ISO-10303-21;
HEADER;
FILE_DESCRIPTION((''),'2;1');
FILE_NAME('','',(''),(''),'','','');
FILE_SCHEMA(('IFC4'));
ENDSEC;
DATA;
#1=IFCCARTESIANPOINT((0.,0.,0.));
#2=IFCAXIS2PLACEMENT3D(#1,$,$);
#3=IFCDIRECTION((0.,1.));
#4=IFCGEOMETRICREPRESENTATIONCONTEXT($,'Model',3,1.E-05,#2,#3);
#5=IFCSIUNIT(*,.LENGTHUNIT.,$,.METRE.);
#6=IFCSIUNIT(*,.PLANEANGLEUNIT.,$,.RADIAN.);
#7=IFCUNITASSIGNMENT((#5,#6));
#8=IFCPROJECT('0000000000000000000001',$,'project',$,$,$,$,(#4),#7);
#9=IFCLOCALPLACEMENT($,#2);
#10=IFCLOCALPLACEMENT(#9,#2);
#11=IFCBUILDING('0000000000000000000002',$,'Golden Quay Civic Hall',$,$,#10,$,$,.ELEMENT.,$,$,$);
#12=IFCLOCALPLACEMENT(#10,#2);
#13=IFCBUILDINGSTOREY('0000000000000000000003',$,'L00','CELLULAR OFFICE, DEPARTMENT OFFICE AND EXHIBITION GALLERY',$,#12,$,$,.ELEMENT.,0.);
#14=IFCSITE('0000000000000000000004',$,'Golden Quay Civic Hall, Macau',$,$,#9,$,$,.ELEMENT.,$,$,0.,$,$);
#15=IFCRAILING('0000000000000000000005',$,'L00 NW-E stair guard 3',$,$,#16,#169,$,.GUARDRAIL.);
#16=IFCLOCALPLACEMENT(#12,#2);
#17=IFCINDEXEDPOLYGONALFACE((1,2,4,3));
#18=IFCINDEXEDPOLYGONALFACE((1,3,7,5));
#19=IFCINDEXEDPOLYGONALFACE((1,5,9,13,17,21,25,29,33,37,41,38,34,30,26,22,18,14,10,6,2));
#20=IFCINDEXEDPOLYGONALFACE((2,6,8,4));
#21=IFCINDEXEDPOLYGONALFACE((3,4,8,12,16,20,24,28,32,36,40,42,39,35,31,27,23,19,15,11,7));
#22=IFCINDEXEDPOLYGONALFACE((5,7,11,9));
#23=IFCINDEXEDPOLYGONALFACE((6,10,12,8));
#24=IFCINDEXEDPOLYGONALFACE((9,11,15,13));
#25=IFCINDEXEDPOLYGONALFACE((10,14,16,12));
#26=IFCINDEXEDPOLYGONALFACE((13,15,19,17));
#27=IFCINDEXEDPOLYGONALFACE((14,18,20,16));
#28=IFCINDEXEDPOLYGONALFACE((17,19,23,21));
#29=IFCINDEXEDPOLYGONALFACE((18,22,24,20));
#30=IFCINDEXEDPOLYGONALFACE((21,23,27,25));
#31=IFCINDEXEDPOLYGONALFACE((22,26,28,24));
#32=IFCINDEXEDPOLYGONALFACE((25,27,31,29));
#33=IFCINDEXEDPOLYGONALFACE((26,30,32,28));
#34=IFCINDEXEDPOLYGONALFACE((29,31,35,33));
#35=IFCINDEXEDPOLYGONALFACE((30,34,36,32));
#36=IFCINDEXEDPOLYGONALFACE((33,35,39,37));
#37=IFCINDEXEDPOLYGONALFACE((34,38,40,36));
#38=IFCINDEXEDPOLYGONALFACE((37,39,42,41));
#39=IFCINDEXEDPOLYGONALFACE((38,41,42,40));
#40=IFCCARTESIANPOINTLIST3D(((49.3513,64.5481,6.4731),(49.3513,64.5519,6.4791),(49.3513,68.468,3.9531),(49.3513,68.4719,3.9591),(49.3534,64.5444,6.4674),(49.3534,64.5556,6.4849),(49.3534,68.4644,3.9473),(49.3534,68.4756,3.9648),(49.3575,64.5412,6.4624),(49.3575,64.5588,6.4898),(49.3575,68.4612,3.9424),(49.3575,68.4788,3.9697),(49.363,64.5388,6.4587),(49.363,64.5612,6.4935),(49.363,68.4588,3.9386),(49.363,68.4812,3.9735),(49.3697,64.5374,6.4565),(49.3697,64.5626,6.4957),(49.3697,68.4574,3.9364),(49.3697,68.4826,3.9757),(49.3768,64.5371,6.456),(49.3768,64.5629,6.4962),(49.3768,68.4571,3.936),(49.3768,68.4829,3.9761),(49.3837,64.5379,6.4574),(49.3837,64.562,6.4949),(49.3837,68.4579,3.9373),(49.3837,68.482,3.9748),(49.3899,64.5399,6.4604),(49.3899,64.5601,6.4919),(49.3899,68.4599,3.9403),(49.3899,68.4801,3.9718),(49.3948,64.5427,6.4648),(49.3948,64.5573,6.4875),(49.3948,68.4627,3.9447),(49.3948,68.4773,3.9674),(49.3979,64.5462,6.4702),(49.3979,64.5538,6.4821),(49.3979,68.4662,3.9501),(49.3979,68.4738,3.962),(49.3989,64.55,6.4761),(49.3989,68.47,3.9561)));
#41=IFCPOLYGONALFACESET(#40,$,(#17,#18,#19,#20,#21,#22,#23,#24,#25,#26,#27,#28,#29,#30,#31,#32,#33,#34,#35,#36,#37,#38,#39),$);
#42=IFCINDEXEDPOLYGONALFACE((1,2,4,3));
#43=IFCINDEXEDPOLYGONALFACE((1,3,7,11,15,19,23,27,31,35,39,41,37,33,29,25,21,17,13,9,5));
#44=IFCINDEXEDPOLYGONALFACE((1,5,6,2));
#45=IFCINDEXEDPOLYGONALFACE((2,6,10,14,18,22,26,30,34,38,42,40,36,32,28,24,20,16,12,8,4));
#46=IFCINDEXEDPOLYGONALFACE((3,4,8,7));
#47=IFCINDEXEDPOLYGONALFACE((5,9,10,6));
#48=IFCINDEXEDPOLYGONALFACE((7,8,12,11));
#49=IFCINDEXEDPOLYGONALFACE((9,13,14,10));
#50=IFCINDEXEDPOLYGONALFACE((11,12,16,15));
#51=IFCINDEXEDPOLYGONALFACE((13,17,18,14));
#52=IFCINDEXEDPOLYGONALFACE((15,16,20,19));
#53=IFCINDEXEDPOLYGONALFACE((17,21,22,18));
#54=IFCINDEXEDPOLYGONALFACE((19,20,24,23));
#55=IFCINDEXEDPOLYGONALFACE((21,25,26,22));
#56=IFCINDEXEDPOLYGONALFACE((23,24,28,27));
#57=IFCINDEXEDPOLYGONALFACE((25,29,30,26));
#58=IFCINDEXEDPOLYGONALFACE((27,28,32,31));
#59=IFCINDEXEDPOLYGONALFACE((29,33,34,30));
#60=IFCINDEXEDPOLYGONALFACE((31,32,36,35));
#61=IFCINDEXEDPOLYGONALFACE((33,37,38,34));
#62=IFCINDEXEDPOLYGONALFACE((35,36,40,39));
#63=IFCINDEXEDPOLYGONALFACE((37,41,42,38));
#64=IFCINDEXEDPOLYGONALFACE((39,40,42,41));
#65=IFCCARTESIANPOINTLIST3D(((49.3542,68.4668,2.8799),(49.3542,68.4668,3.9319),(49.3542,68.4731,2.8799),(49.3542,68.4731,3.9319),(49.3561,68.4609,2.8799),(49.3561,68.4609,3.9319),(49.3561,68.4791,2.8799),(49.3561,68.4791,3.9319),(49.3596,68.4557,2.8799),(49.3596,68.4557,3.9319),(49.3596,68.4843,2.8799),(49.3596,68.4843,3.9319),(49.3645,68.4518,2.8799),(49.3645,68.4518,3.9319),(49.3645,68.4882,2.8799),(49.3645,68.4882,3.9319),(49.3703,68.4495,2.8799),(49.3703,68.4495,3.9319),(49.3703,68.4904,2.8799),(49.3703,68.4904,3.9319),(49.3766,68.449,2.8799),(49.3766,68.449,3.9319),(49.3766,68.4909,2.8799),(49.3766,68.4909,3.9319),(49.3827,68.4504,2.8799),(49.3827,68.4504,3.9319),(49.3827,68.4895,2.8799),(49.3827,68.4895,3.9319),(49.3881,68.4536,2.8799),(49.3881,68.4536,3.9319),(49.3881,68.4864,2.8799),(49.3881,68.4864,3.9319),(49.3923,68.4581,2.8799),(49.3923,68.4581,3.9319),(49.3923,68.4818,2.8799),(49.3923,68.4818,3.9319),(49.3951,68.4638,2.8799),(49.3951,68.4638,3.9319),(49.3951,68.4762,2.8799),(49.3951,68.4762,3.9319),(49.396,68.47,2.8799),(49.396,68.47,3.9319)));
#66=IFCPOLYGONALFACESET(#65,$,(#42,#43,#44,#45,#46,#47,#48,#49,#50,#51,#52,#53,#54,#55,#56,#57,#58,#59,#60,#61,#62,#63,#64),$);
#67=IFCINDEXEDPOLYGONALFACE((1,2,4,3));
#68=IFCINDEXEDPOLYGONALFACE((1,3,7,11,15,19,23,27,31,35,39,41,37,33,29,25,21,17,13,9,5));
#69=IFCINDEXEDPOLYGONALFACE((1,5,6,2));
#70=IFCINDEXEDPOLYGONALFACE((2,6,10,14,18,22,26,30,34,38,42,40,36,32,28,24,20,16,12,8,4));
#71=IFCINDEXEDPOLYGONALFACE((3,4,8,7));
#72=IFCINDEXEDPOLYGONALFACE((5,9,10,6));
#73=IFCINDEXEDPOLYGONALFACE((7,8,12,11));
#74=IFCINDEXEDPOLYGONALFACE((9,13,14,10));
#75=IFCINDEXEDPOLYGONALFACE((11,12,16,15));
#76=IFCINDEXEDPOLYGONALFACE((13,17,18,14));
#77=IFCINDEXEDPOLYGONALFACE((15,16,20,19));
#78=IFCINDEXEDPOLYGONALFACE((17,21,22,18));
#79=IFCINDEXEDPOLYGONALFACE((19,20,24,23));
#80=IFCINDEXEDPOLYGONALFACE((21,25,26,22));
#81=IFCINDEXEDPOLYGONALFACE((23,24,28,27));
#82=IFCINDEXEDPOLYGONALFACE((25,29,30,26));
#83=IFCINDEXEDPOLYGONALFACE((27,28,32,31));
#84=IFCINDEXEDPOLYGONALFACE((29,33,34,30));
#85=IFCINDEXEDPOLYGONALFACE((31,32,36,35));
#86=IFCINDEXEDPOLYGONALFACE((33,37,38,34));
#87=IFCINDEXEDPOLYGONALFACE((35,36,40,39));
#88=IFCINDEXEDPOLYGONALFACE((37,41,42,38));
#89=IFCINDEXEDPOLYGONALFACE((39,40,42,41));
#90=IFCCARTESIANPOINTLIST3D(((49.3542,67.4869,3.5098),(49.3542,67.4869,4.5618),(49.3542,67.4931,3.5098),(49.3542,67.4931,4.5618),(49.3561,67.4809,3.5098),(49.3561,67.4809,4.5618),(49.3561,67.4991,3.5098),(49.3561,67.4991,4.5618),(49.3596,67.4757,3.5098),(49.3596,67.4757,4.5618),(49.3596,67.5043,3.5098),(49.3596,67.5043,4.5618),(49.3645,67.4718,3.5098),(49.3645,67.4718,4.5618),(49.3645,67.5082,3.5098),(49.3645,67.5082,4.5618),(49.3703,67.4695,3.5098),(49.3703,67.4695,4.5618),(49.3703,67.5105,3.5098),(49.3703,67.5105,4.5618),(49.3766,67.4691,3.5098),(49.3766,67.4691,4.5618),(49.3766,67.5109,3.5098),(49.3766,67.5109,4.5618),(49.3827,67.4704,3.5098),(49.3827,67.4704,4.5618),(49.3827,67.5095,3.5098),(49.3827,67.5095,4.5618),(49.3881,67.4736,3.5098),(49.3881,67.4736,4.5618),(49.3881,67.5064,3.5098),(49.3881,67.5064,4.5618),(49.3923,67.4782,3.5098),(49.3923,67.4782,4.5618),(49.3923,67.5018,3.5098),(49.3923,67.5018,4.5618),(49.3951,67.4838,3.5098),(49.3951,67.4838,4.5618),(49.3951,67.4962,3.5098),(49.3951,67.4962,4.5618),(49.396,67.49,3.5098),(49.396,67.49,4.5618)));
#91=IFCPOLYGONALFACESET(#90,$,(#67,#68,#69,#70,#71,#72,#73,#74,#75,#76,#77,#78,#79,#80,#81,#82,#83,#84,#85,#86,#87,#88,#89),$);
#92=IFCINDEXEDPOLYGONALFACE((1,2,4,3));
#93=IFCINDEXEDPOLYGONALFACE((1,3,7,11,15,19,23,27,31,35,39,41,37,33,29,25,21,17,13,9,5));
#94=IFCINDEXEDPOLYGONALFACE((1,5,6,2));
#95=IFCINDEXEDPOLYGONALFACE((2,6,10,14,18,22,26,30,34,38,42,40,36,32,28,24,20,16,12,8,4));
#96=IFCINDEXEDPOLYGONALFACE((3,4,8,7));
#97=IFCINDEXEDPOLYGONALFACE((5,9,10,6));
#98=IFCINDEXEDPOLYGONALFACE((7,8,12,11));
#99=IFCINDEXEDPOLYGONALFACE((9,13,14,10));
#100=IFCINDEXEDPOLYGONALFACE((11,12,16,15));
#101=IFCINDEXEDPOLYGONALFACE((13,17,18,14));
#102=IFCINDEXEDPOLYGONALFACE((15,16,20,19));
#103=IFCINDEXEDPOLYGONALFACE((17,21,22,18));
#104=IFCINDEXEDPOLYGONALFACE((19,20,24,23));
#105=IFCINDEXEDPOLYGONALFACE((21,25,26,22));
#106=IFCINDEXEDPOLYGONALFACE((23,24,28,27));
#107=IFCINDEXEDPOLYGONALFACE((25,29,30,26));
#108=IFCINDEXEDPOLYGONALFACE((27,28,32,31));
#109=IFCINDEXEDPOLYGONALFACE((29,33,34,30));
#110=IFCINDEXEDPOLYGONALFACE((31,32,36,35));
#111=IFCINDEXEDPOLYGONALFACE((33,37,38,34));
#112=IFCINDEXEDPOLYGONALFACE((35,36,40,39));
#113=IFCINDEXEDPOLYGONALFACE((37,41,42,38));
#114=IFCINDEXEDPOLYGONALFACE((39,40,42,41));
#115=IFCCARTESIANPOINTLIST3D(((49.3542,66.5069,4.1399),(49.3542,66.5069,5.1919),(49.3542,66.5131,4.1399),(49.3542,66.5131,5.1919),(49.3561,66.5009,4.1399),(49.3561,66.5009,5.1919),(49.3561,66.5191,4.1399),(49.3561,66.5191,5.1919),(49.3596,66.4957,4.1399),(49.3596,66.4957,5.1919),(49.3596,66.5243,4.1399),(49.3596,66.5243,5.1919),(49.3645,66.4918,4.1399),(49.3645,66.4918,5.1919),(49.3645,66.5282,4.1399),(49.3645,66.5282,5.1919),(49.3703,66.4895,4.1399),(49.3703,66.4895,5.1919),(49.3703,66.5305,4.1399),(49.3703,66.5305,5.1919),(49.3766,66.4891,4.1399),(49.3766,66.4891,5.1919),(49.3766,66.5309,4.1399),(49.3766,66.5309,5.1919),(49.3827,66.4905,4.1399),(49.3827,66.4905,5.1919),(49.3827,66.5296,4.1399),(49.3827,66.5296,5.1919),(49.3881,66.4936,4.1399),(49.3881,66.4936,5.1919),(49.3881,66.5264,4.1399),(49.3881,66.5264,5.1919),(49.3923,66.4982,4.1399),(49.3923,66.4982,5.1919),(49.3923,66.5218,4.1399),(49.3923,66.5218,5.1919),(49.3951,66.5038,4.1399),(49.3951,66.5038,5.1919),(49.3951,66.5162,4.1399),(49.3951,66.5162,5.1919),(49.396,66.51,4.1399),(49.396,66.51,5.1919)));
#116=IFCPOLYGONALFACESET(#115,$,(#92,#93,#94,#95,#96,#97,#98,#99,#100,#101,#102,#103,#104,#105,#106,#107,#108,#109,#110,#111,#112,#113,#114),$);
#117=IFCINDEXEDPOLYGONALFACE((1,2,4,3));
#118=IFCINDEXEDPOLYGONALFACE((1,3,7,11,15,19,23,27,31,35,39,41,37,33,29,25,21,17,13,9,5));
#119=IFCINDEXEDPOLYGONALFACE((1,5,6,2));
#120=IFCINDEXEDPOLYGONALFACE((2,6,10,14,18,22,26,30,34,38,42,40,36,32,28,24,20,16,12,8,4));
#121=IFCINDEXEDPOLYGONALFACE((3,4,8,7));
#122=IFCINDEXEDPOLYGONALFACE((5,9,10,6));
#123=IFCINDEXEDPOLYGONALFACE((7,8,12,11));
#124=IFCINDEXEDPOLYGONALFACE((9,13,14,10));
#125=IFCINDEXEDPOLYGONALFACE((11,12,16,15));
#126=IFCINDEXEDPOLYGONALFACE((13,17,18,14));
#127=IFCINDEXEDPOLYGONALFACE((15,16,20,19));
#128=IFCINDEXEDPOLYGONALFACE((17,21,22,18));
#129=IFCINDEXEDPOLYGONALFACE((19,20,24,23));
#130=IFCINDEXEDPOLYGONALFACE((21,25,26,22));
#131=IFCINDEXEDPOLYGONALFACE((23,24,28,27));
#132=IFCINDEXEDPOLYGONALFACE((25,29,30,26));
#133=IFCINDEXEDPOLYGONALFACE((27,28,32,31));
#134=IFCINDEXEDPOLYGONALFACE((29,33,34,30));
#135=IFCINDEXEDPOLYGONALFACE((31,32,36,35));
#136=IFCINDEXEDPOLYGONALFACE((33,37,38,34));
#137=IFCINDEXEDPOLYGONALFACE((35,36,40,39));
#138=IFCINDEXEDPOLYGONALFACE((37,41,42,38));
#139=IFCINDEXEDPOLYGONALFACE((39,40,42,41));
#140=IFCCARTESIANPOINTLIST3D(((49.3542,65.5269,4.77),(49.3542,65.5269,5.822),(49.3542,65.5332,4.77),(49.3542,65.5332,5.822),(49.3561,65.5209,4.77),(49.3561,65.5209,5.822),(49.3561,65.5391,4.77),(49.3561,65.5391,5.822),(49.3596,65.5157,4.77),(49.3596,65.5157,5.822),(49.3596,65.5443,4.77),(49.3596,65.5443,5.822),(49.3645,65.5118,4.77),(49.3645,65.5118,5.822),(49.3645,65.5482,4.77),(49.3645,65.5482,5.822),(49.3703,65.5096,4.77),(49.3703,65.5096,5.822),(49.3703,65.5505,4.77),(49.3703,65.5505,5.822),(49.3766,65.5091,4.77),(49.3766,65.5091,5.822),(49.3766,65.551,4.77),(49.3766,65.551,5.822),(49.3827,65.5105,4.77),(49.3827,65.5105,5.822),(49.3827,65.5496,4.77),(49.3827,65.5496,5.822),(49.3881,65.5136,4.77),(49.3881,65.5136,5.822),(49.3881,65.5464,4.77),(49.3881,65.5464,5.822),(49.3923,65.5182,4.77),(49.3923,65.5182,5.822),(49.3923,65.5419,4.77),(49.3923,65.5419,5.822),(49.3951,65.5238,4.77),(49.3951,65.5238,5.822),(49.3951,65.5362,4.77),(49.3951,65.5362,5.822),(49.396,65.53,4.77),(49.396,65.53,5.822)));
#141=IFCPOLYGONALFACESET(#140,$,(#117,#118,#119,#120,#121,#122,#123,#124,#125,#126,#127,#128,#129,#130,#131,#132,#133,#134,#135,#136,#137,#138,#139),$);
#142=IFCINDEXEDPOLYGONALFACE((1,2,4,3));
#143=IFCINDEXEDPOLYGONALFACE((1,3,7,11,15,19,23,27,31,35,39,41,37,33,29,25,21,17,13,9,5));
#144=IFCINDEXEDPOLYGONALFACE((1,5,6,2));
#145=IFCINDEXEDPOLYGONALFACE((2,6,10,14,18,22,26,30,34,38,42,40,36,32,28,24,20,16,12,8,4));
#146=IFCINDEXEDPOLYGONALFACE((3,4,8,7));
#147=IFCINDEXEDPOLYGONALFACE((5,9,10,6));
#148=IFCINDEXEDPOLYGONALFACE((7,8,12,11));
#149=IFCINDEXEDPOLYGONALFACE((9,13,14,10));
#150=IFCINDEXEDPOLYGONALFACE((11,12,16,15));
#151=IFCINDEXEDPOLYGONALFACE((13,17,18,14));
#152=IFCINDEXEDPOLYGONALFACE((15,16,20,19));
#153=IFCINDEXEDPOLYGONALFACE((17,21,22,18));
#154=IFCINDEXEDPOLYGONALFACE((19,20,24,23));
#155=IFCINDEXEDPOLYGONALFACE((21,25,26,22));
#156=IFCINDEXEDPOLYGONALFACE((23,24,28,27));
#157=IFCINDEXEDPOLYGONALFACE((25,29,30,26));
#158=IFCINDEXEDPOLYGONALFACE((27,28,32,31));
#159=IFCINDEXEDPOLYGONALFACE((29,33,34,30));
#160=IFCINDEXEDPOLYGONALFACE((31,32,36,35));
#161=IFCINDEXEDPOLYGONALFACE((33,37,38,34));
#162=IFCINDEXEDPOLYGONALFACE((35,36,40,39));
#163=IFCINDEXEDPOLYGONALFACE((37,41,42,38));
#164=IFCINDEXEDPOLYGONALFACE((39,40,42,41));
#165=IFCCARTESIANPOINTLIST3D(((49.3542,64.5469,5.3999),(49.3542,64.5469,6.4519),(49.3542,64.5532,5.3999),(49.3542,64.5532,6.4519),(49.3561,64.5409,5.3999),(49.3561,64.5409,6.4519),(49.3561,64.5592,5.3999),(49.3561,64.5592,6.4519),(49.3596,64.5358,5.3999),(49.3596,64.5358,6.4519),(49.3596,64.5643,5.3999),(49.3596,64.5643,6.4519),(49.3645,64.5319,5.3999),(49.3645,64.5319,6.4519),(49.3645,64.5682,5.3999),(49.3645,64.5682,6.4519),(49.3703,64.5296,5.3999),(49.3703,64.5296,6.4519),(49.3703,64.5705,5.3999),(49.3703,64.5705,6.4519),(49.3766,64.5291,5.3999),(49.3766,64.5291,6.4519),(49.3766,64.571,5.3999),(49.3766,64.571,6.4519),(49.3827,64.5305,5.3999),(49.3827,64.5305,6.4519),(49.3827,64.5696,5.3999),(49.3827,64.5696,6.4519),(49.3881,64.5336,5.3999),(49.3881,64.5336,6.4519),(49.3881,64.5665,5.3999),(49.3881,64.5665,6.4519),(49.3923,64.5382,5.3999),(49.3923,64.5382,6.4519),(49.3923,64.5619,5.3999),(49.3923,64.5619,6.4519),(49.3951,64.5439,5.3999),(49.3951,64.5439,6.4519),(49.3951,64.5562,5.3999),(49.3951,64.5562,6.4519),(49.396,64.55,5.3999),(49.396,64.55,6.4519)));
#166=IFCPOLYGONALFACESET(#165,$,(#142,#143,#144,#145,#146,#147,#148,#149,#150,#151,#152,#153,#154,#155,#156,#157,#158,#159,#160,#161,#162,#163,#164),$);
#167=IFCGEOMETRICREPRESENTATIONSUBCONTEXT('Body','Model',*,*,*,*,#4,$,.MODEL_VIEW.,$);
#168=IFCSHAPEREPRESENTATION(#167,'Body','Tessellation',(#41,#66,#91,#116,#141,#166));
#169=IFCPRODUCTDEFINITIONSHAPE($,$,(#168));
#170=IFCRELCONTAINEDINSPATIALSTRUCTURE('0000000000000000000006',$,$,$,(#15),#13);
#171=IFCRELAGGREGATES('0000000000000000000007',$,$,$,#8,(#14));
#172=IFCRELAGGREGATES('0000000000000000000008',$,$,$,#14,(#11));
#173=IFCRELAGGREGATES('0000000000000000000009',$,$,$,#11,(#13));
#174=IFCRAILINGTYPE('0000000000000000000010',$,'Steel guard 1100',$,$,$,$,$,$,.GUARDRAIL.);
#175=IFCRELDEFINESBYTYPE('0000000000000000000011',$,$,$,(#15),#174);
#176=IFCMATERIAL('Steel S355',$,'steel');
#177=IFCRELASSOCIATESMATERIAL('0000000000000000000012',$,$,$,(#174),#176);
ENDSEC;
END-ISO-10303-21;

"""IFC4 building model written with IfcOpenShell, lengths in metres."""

from ifc_helpers import new_model, si_unit, direction, frame, origin, origin_2d, place, context, subcontext, project, spatial, circle, extrude, material, type_object, element, save


model = new_model("IFC4")

# Units and contexts
model_context = context("Model", 3, precision=1e-05, world=origin(), true_north=direction((0.0, 1.0)))
body_context = subcontext(model_context, "Body", "Model", "MODEL_VIEW")
ifc_project = project(units=[si_unit("LENGTHUNIT", "METRE"), si_unit("PLANEANGLEUNIT", "RADIAN")], contexts=[model_context])

# Site, building, storey
site_placement = place(None, origin())
site = spatial("IfcSite", under=ifc_project, at=site_placement, Name="Golden Quay Civic Hall, Macau", CompositionType="ELEMENT", RefElevation=0.0)
building_placement = place(site_placement, origin())
building = spatial("IfcBuilding", under=site, at=building_placement, Name="Golden Quay Civic Hall", CompositionType="ELEMENT")
storey_placement = place(building_placement, origin())
storey = spatial("IfcBuildingStorey", under=building, at=storey_placement, Name="L00", Description="CELLULAR OFFICE, DEPARTMENT OFFICE AND EXHIBITION GALLERY", CompositionType="ELEMENT", Elevation=0.0)

# Railing
ifc_material_1 = material(Name="Steel S355", Category="steel")
railing_type_1 = type_object("IfcRailingType", Name="Steel guard 1100", PredefinedType="GUARDRAIL", material=ifc_material_1)
railing_1_placement = place(storey_placement, frame((49.375, 68.47, 2.8799)))
element("IfcRailing", 1, at=railing_1_placement, inside=storey, type_object=railing_type_1, Name="L00 NW-E stair guard 3", PredefinedType="GUARDRAIL", context=body_context, shape_type="SweptSolid", body=[
    extrude(circle(Radius=0.0239, at=origin_2d()), frame((0.0, 0.0, 1.0762), z_axis=(0.0, -0.841172, 0.540768), x_axis=(1.0, 0.0, 0.0)), (0.0, 0.0, 1.0), 4.6602),
    extrude(circle(Radius=0.021, at=origin_2d()), origin(), (0.0, 0.0, 1.0), 1.052),
    extrude(circle(Radius=0.021, at=origin_2d()), frame((0.0, -0.98, 0.6299)), (0.0, 0.0, 1.0), 1.052),
    extrude(circle(Radius=0.021, at=origin_2d()), frame((0.0, -1.96, 1.26)), (0.0, 0.0, 1.0), 1.052),
    extrude(circle(Radius=0.021, at=origin_2d()), frame((0.0, -2.9399, 1.8901)), (0.0, 0.0, 1.0), 1.052),
    extrude(circle(Radius=0.021, at=origin_2d()), frame((0.0, -3.9199, 2.52)), (0.0, 0.0, 1.0), 1.052),
])

save(model, "model.ifc")
